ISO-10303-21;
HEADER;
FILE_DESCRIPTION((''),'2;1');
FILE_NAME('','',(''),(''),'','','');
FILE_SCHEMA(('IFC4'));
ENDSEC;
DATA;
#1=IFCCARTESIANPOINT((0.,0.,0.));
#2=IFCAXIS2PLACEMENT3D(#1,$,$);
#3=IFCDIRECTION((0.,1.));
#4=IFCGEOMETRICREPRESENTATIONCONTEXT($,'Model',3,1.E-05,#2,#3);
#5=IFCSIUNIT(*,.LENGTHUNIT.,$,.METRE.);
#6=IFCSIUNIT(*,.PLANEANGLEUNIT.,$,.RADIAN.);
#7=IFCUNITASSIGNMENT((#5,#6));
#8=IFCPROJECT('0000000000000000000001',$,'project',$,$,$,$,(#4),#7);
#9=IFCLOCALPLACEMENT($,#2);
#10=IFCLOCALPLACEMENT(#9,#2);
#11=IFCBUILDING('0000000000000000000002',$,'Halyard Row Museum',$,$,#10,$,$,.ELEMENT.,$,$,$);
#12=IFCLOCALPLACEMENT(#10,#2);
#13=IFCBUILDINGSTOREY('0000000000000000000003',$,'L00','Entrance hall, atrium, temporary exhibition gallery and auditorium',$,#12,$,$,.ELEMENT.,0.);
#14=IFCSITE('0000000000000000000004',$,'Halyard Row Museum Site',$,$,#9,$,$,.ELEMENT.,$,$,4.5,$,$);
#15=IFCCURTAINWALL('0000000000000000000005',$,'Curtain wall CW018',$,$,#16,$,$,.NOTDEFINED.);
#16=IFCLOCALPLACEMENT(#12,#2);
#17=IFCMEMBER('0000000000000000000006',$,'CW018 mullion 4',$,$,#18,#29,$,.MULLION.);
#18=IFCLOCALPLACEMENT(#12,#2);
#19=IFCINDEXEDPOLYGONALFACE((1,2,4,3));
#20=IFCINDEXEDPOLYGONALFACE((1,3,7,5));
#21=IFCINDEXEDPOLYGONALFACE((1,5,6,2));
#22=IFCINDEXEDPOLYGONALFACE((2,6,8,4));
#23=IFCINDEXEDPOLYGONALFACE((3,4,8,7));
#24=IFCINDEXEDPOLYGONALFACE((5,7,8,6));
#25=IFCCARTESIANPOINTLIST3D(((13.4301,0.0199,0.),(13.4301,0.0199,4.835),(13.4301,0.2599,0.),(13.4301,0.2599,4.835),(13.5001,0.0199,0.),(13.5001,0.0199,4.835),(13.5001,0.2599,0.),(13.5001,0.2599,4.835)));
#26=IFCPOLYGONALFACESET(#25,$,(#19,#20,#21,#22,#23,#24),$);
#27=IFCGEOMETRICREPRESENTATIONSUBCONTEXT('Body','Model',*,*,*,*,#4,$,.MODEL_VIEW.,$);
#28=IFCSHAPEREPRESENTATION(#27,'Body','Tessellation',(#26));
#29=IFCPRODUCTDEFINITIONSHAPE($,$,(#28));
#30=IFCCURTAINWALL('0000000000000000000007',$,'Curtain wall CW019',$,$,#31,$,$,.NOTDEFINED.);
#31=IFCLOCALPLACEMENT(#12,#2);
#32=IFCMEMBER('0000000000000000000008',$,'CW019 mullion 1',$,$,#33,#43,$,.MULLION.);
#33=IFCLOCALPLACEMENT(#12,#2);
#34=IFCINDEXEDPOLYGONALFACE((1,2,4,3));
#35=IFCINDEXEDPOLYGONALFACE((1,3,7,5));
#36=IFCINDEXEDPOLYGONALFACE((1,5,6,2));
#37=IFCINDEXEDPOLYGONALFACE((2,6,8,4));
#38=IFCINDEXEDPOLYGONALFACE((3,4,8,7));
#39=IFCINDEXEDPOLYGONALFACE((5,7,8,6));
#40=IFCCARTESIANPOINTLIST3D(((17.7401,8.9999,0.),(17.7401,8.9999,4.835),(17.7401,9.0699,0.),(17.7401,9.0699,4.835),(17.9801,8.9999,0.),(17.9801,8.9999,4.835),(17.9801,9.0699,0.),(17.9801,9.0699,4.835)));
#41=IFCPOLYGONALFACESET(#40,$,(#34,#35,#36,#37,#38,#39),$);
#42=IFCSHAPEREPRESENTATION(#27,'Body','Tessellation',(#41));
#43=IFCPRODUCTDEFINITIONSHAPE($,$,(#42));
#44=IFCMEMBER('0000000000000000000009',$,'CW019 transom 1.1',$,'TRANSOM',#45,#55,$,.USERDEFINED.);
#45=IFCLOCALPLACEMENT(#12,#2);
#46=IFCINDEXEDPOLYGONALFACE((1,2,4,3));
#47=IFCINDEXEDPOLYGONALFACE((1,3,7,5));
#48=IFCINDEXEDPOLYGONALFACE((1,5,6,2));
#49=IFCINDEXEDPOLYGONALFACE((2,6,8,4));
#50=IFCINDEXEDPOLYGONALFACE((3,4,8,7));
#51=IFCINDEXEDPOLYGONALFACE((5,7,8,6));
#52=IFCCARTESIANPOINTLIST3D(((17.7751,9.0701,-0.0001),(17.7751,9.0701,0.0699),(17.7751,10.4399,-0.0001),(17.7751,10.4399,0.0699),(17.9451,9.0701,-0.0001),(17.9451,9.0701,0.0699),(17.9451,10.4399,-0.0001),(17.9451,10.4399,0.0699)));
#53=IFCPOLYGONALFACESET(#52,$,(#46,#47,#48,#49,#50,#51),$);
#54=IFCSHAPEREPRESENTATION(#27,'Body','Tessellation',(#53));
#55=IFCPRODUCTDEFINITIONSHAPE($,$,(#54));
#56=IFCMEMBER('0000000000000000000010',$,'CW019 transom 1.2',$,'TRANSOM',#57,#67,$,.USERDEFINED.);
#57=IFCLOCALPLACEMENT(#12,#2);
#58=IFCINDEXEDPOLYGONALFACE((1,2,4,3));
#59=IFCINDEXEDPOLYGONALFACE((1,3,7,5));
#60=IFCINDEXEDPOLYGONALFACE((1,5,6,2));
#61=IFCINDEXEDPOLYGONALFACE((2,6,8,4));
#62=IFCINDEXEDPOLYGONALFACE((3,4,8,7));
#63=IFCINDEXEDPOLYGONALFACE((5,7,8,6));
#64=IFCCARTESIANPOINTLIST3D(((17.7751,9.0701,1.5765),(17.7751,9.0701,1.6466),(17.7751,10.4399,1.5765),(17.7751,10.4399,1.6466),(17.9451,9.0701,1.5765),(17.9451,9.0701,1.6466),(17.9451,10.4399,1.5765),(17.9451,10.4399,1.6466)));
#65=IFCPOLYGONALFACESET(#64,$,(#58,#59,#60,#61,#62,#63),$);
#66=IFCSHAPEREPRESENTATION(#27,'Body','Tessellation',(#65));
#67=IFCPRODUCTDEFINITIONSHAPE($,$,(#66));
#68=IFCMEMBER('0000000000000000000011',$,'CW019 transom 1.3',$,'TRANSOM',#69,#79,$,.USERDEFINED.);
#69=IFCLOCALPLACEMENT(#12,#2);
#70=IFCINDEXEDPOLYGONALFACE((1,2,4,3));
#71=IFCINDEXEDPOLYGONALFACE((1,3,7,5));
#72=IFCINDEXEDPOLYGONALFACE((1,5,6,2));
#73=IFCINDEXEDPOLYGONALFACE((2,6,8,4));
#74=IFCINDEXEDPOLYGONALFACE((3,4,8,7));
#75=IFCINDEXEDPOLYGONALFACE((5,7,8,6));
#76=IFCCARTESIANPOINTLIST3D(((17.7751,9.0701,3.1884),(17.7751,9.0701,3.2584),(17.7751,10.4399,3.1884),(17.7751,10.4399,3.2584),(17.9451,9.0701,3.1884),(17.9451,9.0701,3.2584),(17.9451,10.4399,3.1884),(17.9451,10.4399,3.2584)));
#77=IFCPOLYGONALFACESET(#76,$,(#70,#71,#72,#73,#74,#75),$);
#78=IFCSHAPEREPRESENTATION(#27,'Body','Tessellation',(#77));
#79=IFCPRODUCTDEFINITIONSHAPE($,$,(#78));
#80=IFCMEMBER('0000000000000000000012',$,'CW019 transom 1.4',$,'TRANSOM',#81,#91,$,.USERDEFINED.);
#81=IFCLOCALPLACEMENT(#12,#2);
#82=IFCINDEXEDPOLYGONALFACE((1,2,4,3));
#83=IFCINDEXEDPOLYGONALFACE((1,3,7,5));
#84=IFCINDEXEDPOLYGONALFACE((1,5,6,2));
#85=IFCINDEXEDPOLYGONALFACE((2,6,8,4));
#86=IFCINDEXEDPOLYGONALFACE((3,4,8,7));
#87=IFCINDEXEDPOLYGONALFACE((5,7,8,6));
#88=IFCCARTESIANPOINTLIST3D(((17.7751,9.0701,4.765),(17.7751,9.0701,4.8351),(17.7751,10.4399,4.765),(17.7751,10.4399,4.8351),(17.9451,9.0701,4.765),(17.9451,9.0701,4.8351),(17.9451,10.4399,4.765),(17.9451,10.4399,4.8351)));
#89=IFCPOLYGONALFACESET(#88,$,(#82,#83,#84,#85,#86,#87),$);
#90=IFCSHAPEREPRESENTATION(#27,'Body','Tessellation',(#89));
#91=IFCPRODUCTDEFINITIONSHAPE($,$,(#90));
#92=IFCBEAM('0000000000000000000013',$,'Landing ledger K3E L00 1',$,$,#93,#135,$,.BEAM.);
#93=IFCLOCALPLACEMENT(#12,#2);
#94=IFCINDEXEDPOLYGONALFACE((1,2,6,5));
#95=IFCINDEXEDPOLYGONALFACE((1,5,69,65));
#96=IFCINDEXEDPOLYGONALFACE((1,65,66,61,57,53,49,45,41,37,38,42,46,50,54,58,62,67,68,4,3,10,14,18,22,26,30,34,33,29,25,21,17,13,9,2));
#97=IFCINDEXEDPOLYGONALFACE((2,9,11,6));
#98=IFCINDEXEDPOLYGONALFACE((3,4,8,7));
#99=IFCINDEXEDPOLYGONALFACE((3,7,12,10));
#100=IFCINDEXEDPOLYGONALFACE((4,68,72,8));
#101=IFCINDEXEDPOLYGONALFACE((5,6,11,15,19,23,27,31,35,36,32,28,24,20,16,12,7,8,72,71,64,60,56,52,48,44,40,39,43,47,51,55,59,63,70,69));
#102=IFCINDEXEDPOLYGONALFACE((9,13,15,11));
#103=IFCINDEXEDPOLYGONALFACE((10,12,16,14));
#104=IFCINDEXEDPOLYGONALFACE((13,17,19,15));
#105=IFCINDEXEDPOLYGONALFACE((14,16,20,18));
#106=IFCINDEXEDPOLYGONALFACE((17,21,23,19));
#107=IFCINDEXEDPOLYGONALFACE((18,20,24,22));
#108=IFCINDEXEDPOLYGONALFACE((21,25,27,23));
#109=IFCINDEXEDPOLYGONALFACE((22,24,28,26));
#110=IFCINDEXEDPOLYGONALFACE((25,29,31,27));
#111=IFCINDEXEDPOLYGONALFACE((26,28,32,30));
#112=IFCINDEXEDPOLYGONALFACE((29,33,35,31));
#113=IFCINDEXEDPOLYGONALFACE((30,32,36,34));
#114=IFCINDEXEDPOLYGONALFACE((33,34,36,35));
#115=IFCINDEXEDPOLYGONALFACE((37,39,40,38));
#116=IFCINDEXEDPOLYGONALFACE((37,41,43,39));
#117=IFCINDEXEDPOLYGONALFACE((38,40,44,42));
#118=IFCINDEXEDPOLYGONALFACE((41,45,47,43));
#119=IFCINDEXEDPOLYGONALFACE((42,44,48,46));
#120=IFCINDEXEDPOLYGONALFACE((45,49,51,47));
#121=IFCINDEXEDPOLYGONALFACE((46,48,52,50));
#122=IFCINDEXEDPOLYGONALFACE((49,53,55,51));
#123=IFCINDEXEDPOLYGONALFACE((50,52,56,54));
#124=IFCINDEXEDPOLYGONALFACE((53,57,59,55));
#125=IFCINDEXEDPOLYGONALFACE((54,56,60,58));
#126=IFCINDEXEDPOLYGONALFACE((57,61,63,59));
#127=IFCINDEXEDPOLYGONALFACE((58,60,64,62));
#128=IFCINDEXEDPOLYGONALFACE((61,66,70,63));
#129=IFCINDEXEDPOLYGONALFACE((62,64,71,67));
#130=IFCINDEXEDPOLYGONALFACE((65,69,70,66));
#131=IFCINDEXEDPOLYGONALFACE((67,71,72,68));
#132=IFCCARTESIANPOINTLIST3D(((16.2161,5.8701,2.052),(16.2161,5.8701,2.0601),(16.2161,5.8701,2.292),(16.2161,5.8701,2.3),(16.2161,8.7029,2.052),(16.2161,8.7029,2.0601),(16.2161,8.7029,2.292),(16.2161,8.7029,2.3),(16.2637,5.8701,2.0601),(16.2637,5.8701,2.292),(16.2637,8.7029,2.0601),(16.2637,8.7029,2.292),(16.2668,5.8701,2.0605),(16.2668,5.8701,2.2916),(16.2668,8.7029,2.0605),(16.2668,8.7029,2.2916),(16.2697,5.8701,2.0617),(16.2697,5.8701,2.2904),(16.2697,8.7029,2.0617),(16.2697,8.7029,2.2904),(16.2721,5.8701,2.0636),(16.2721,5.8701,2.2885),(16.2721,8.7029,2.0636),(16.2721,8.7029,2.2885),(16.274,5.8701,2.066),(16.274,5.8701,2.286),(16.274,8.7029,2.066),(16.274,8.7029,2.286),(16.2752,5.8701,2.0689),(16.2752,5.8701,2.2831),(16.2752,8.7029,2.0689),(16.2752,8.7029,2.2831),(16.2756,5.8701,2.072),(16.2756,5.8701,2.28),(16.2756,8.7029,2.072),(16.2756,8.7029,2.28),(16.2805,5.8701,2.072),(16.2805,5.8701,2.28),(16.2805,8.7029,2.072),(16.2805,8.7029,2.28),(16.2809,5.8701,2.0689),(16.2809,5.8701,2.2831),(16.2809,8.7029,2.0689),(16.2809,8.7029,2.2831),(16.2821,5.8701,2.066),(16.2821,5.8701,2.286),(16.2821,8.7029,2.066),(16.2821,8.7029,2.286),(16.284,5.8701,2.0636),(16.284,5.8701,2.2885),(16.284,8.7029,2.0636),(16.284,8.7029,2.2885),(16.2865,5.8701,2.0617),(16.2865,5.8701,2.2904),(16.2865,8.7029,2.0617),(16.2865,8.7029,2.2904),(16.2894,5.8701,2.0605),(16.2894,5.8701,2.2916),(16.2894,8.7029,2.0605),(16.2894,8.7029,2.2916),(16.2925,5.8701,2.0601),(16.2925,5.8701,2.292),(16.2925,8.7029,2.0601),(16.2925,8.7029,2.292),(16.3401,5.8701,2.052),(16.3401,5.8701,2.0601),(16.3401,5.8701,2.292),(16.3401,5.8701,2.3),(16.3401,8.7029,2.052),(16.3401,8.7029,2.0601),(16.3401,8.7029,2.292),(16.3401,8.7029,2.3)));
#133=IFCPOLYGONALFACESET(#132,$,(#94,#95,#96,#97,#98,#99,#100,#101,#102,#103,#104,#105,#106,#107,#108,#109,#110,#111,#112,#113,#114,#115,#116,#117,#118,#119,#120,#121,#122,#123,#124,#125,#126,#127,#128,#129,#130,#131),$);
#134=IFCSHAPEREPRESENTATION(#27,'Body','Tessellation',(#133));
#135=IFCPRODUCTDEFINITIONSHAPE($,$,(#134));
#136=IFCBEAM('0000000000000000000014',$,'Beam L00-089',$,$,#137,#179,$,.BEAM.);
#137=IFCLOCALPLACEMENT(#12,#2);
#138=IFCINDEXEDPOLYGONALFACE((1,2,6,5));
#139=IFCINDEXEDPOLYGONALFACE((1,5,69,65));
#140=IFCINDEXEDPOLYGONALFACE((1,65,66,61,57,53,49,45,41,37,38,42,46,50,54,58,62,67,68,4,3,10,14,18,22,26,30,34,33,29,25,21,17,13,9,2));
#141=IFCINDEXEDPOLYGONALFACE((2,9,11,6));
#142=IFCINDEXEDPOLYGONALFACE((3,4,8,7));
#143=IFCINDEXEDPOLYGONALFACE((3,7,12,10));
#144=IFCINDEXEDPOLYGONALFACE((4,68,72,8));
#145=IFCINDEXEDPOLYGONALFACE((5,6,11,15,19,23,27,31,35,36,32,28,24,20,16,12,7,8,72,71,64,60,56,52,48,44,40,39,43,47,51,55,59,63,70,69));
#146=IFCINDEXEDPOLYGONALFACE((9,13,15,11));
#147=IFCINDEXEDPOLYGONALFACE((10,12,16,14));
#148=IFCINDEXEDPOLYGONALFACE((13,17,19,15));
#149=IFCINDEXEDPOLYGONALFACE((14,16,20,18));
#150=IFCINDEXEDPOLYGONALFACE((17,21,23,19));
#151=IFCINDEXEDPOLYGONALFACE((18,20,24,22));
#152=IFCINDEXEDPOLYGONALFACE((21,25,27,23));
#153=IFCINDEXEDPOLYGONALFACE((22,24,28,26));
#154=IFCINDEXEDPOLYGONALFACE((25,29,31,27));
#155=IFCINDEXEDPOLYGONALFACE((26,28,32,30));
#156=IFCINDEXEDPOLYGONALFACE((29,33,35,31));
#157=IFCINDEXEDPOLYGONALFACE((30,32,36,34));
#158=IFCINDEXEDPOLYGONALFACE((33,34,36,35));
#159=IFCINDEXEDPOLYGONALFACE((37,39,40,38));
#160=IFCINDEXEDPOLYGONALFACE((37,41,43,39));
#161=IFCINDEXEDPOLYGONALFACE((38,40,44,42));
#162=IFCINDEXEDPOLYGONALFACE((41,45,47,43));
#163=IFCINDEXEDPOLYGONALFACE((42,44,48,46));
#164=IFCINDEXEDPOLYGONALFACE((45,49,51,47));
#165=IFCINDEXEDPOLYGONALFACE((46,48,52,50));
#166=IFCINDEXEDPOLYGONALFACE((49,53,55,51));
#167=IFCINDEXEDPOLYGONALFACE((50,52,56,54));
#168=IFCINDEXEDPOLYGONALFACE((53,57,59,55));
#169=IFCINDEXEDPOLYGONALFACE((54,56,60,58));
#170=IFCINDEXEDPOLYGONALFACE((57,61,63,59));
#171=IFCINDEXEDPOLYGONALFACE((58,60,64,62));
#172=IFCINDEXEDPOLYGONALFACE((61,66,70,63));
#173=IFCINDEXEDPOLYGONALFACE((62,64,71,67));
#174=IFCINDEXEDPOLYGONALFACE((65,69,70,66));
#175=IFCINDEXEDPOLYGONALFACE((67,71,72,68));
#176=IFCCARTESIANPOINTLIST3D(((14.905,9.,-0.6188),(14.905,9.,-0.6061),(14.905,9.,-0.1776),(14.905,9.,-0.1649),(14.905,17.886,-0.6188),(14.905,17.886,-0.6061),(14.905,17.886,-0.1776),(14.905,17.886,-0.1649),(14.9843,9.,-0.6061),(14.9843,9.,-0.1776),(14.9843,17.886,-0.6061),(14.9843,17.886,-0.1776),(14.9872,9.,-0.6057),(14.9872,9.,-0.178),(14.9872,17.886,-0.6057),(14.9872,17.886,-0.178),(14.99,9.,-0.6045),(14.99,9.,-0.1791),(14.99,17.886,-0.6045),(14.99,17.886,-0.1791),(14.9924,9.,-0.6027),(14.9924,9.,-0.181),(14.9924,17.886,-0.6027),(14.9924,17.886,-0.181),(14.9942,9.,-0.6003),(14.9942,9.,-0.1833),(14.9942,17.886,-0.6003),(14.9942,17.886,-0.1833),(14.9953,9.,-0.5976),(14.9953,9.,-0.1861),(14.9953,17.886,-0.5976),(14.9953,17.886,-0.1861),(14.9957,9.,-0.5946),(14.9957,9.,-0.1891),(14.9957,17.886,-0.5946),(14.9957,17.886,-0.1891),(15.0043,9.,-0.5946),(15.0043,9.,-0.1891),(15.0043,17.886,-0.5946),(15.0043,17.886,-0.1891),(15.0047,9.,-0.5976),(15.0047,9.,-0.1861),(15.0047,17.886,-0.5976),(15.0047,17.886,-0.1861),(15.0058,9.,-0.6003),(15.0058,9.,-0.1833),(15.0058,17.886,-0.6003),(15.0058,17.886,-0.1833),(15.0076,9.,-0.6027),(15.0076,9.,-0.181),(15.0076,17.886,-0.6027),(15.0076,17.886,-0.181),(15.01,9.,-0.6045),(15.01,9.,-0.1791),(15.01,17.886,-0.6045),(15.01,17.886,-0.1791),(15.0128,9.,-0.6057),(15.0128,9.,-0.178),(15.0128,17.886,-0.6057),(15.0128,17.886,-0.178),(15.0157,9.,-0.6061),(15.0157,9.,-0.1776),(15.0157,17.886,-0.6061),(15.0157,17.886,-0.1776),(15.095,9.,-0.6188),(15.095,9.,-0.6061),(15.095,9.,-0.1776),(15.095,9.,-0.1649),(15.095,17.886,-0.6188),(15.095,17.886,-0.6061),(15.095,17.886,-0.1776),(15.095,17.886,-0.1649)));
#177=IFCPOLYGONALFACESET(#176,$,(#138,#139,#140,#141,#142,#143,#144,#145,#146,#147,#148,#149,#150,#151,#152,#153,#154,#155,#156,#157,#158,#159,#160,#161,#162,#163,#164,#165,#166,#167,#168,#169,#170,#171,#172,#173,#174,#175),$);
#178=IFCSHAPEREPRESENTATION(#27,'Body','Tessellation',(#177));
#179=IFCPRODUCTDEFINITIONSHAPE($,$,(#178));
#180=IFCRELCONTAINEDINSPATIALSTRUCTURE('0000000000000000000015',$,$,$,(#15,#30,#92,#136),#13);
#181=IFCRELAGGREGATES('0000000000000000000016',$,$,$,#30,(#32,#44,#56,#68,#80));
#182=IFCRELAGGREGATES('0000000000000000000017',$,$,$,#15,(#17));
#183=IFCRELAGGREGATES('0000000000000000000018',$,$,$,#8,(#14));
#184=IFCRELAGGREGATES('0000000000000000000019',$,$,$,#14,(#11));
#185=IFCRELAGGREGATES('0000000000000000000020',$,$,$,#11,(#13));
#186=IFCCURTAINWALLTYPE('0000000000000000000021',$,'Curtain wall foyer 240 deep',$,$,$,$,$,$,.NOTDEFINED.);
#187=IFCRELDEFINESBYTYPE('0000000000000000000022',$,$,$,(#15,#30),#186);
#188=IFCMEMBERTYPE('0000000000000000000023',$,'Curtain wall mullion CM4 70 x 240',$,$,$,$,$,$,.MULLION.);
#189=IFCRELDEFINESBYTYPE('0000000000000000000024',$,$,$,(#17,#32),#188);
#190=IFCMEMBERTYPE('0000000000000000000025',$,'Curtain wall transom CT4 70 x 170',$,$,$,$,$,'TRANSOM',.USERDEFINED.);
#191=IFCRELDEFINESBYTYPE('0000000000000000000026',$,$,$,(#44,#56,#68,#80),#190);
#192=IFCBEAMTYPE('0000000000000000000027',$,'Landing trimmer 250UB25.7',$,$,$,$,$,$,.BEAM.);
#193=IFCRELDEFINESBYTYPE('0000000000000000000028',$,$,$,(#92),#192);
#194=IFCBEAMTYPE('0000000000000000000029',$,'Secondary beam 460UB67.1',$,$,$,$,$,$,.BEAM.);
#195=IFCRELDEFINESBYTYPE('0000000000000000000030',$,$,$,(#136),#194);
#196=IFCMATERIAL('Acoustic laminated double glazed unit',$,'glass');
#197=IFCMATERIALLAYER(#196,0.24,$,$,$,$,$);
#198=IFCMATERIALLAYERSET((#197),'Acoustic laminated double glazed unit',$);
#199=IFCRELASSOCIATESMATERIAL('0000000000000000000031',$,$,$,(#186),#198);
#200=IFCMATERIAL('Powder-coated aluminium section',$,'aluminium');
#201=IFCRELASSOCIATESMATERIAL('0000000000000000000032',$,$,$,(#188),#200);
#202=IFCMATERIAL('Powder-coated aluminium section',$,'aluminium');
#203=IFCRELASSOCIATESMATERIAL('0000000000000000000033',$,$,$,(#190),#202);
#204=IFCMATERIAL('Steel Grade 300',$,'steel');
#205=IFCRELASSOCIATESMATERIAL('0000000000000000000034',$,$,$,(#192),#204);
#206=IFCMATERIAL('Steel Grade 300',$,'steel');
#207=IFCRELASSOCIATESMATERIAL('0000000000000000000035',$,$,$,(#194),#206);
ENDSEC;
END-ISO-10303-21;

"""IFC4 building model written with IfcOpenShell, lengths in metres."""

from ifc_helpers import new_model, si_unit, direction, frame, origin, origin_2d, place, context, subcontext, project, spatial, rectangle, i_section, extrude, material, layer, layer_set, material_profile, profile_set, type_object, element, aggregate, save


model = new_model("IFC4")

# Units and contexts
model_context = context("Model", 3, precision=1e-05, world=origin(), true_north=direction((0.0, 1.0)))
body_context = subcontext(model_context, "Body", "Model", "MODEL_VIEW")
ifc_project = project(units=[si_unit("LENGTHUNIT", "METRE"), si_unit("PLANEANGLEUNIT", "RADIAN")], contexts=[model_context])

# Site, building, storey
site_placement = place(None, origin())
site = spatial("IfcSite", under=ifc_project, at=site_placement, Name="Halyard Row Museum Site", CompositionType="ELEMENT", RefElevation=4.5)
building_placement = place(site_placement, origin())
building = spatial("IfcBuilding", under=site, at=building_placement, Name="Halyard Row Museum", CompositionType="ELEMENT")
storey_placement = place(building_placement, origin())
storey = spatial("IfcBuildingStorey", under=building, at=storey_placement, Name="L00", Description="Entrance hall, atrium, temporary exhibition gallery and auditorium", CompositionType="ELEMENT", Elevation=0.0)

# Curtain wall, member
ifc_material_1 = material(Name="Acoustic laminated double glazed unit", Category="glass")
ifc_layer_1 = layer(ifc_material_1, 0.24)
ifc_layer_set_1 = layer_set([ifc_layer_1], Name="Acoustic laminated double glazed unit")
curtain_wall_type = type_object("IfcCurtainWallType", Name="Curtain wall foyer 240 deep", PredefinedType="NOTDEFINED", material=ifc_layer_set_1)
curtain_wall_1_placement = place(storey_placement, origin())
curtain_wall_1 = element("IfcCurtainWall", 1, at=curtain_wall_1_placement, inside=storey, type_object=curtain_wall_type, Name="Curtain wall CW018", PredefinedType="NOTDEFINED")
ifc_material_2 = material(Name="Powder-coated aluminium section", Category="aluminium")
ifc_material_profile_1 = material_profile(ifc_material_2, rectangle(XDim=0.24, YDim=0.0701, at=origin_2d()), Name="240x70 mullion")
ifc_profile_set_1 = profile_set([ifc_material_profile_1], Name="Powder-coated aluminium section")
member_type_1 = type_object("IfcMemberType", Name="Curtain wall mullion CM4 70 x 240", PredefinedType="MULLION", material=ifc_profile_set_1)
member_1_placement = place(storey_placement, frame((13.4651, 0.1399, 0.0), z_axis=(0.0, 0.0, 1.0), x_axis=(0.0, 1.0, 0.0)))
member_1 = element("IfcMember", 2, at=member_1_placement, type_object=member_type_1, Name="CW018 mullion 4", PredefinedType="MULLION", context=body_context, shape_type="SweptSolid", body=[
    extrude(rectangle(XDim=0.24, YDim=0.0701, at=origin_2d()), origin(), (0.0, 0.0, 1.0), 4.835),
])

# Curtain wall, members
curtain_wall_2_placement = place(storey_placement, origin())
curtain_wall_2 = element("IfcCurtainWall", 3, at=curtain_wall_2_placement, inside=storey, type_object=curtain_wall_type, Name="Curtain wall CW019", PredefinedType="NOTDEFINED")
member_2_placement = place(storey_placement, frame((17.8601, 9.0349, 0.0), z_axis=(0.0, 0.0, 1.0), x_axis=(-1.0, 0.0, 0.0)))
member_2 = element("IfcMember", 4, at=member_2_placement, type_object=member_type_1, Name="CW019 mullion 1", PredefinedType="MULLION", context=body_context, shape_type="SweptSolid", body=[
    extrude(rectangle(XDim=0.24, YDim=0.0701, at=origin_2d()), origin(), (0.0, 0.0, 1.0), 4.835),
])
ifc_material_3 = material(Name="Powder-coated aluminium section", Category="aluminium")
ifc_material_profile_2 = material_profile(ifc_material_3, rectangle(XDim=0.1699, YDim=0.0701, at=origin_2d()), Name="170x70 transom")
ifc_profile_set_2 = profile_set([ifc_material_profile_2], Name="Powder-coated aluminium section")
member_type_2 = type_object("IfcMemberType", Name="Curtain wall transom CT4 70 x 170", ElementType="TRANSOM", PredefinedType="USERDEFINED", material=ifc_profile_set_2)
member_3_placement = place(storey_placement, frame((17.8601, 9.0701, 0.0349), z_axis=(0.0, 1.0, 0.0), x_axis=(-1.0, 0.0, 0.0)))
member_3 = element("IfcMember", 5, at=member_3_placement, type_object=member_type_2, Name="CW019 transom 1.1", ObjectType="TRANSOM", PredefinedType="USERDEFINED", context=body_context, shape_type="SweptSolid", body=[
    extrude(rectangle(XDim=0.1699, YDim=0.0701, at=origin_2d()), origin(), (0.0, 0.0, 1.0), 1.3699),
])
member_4_placement = place(storey_placement, frame((17.8601, 9.0701, 1.6116), z_axis=(0.0, 1.0, 0.0), x_axis=(-1.0, 0.0, 0.0)))
member_4 = element("IfcMember", 6, at=member_4_placement, type_object=member_type_2, Name="CW019 transom 1.2", ObjectType="TRANSOM", PredefinedType="USERDEFINED", context=body_context, shape_type="SweptSolid", body=[
    extrude(rectangle(XDim=0.1699, YDim=0.0701, at=origin_2d()), origin(), (0.0, 0.0, 1.0), 1.3699),
])
member_5_placement = place(storey_placement, frame((17.8601, 9.0701, 3.2234), z_axis=(0.0, 1.0, 0.0), x_axis=(-1.0, 0.0, 0.0)))
member_5 = element("IfcMember", 7, at=member_5_placement, type_object=member_type_2, Name="CW019 transom 1.3", ObjectType="TRANSOM", PredefinedType="USERDEFINED", context=body_context, shape_type="SweptSolid", body=[
    extrude(rectangle(XDim=0.1699, YDim=0.0701, at=origin_2d()), origin(), (0.0, 0.0, 1.0), 1.3699),
])
member_6_placement = place(storey_placement, frame((17.8601, 9.0701, 4.8), z_axis=(0.0, 1.0, 0.0), x_axis=(-1.0, 0.0, 0.0)))
member_6 = element("IfcMember", 8, at=member_6_placement, type_object=member_type_2, Name="CW019 transom 1.4", ObjectType="TRANSOM", PredefinedType="USERDEFINED", context=body_context, shape_type="SweptSolid", body=[
    extrude(rectangle(XDim=0.1699, YDim=0.0701, at=origin_2d()), origin(), (0.0, 0.0, 1.0), 1.3699),
])
aggregate(curtain_wall_2, [member_2, member_3, member_4, member_5, member_6])

# Beams
ifc_material_4 = material(Name="Steel Grade 300", Category="steel")
ifc_material_profile_3 = material_profile(ifc_material_4, i_section(OverallWidth=0.124, OverallDepth=0.248, WebThickness=0.0049, FlangeThickness=0.0081, FilletRadius=0.012, at=origin_2d()), Name="250UB25.7")
ifc_profile_set_3 = profile_set([ifc_material_profile_3], Name="Steel Grade 300")
beam_type_1 = type_object("IfcBeamType", Name="Landing trimmer 250UB25.7", PredefinedType="BEAM", material=ifc_profile_set_3)
beam_1_placement = place(storey_placement, frame((16.2781, 8.7029, 2.176), z_axis=(0.0, -1.0, 0.0), x_axis=(1.0, 0.0, 0.0)))
element("IfcBeam", 9, at=beam_1_placement, inside=storey, type_object=beam_type_1, Name="Landing ledger K3E L00 1", PredefinedType="BEAM", context=body_context, shape_type="SweptSolid", body=[
    extrude(i_section(OverallWidth=0.124, OverallDepth=0.248, WebThickness=0.0049, FlangeThickness=0.0081, FilletRadius=0.012, at=origin_2d()), origin(), (0.0, 0.0, 1.0), 2.8328),
])
ifc_material_5 = material(Name="Steel Grade 300", Category="steel")
ifc_material_profile_4 = material_profile(ifc_material_5, i_section(OverallWidth=0.1899, OverallDepth=0.4539, WebThickness=0.0085, FlangeThickness=0.0127, FilletRadius=0.0115, at=origin_2d()), Name="460UB67.1")
ifc_profile_set_4 = profile_set([ifc_material_profile_4], Name="Steel Grade 300")
beam_type_2 = type_object("IfcBeamType", Name="Secondary beam 460UB67.1", PredefinedType="BEAM", material=ifc_profile_set_4)
beam_2_placement = place(storey_placement, frame((15.0, 9.0, -0.3918), z_axis=(0.0, 1.0, 0.0), x_axis=(-1.0, 0.0, 0.0)))
element("IfcBeam", 10, at=beam_2_placement, inside=storey, type_object=beam_type_2, Name="Beam L00-089", PredefinedType="BEAM", context=body_context, shape_type="SweptSolid", body=[
    extrude(i_section(OverallWidth=0.1899, OverallDepth=0.4539, WebThickness=0.0085, FlangeThickness=0.0127, FilletRadius=0.0115, at=origin_2d()), origin(), (0.0, 0.0, 1.0), 8.886),
])

aggregate(curtain_wall_1, [member_1])

save(model, "model.ifc")
